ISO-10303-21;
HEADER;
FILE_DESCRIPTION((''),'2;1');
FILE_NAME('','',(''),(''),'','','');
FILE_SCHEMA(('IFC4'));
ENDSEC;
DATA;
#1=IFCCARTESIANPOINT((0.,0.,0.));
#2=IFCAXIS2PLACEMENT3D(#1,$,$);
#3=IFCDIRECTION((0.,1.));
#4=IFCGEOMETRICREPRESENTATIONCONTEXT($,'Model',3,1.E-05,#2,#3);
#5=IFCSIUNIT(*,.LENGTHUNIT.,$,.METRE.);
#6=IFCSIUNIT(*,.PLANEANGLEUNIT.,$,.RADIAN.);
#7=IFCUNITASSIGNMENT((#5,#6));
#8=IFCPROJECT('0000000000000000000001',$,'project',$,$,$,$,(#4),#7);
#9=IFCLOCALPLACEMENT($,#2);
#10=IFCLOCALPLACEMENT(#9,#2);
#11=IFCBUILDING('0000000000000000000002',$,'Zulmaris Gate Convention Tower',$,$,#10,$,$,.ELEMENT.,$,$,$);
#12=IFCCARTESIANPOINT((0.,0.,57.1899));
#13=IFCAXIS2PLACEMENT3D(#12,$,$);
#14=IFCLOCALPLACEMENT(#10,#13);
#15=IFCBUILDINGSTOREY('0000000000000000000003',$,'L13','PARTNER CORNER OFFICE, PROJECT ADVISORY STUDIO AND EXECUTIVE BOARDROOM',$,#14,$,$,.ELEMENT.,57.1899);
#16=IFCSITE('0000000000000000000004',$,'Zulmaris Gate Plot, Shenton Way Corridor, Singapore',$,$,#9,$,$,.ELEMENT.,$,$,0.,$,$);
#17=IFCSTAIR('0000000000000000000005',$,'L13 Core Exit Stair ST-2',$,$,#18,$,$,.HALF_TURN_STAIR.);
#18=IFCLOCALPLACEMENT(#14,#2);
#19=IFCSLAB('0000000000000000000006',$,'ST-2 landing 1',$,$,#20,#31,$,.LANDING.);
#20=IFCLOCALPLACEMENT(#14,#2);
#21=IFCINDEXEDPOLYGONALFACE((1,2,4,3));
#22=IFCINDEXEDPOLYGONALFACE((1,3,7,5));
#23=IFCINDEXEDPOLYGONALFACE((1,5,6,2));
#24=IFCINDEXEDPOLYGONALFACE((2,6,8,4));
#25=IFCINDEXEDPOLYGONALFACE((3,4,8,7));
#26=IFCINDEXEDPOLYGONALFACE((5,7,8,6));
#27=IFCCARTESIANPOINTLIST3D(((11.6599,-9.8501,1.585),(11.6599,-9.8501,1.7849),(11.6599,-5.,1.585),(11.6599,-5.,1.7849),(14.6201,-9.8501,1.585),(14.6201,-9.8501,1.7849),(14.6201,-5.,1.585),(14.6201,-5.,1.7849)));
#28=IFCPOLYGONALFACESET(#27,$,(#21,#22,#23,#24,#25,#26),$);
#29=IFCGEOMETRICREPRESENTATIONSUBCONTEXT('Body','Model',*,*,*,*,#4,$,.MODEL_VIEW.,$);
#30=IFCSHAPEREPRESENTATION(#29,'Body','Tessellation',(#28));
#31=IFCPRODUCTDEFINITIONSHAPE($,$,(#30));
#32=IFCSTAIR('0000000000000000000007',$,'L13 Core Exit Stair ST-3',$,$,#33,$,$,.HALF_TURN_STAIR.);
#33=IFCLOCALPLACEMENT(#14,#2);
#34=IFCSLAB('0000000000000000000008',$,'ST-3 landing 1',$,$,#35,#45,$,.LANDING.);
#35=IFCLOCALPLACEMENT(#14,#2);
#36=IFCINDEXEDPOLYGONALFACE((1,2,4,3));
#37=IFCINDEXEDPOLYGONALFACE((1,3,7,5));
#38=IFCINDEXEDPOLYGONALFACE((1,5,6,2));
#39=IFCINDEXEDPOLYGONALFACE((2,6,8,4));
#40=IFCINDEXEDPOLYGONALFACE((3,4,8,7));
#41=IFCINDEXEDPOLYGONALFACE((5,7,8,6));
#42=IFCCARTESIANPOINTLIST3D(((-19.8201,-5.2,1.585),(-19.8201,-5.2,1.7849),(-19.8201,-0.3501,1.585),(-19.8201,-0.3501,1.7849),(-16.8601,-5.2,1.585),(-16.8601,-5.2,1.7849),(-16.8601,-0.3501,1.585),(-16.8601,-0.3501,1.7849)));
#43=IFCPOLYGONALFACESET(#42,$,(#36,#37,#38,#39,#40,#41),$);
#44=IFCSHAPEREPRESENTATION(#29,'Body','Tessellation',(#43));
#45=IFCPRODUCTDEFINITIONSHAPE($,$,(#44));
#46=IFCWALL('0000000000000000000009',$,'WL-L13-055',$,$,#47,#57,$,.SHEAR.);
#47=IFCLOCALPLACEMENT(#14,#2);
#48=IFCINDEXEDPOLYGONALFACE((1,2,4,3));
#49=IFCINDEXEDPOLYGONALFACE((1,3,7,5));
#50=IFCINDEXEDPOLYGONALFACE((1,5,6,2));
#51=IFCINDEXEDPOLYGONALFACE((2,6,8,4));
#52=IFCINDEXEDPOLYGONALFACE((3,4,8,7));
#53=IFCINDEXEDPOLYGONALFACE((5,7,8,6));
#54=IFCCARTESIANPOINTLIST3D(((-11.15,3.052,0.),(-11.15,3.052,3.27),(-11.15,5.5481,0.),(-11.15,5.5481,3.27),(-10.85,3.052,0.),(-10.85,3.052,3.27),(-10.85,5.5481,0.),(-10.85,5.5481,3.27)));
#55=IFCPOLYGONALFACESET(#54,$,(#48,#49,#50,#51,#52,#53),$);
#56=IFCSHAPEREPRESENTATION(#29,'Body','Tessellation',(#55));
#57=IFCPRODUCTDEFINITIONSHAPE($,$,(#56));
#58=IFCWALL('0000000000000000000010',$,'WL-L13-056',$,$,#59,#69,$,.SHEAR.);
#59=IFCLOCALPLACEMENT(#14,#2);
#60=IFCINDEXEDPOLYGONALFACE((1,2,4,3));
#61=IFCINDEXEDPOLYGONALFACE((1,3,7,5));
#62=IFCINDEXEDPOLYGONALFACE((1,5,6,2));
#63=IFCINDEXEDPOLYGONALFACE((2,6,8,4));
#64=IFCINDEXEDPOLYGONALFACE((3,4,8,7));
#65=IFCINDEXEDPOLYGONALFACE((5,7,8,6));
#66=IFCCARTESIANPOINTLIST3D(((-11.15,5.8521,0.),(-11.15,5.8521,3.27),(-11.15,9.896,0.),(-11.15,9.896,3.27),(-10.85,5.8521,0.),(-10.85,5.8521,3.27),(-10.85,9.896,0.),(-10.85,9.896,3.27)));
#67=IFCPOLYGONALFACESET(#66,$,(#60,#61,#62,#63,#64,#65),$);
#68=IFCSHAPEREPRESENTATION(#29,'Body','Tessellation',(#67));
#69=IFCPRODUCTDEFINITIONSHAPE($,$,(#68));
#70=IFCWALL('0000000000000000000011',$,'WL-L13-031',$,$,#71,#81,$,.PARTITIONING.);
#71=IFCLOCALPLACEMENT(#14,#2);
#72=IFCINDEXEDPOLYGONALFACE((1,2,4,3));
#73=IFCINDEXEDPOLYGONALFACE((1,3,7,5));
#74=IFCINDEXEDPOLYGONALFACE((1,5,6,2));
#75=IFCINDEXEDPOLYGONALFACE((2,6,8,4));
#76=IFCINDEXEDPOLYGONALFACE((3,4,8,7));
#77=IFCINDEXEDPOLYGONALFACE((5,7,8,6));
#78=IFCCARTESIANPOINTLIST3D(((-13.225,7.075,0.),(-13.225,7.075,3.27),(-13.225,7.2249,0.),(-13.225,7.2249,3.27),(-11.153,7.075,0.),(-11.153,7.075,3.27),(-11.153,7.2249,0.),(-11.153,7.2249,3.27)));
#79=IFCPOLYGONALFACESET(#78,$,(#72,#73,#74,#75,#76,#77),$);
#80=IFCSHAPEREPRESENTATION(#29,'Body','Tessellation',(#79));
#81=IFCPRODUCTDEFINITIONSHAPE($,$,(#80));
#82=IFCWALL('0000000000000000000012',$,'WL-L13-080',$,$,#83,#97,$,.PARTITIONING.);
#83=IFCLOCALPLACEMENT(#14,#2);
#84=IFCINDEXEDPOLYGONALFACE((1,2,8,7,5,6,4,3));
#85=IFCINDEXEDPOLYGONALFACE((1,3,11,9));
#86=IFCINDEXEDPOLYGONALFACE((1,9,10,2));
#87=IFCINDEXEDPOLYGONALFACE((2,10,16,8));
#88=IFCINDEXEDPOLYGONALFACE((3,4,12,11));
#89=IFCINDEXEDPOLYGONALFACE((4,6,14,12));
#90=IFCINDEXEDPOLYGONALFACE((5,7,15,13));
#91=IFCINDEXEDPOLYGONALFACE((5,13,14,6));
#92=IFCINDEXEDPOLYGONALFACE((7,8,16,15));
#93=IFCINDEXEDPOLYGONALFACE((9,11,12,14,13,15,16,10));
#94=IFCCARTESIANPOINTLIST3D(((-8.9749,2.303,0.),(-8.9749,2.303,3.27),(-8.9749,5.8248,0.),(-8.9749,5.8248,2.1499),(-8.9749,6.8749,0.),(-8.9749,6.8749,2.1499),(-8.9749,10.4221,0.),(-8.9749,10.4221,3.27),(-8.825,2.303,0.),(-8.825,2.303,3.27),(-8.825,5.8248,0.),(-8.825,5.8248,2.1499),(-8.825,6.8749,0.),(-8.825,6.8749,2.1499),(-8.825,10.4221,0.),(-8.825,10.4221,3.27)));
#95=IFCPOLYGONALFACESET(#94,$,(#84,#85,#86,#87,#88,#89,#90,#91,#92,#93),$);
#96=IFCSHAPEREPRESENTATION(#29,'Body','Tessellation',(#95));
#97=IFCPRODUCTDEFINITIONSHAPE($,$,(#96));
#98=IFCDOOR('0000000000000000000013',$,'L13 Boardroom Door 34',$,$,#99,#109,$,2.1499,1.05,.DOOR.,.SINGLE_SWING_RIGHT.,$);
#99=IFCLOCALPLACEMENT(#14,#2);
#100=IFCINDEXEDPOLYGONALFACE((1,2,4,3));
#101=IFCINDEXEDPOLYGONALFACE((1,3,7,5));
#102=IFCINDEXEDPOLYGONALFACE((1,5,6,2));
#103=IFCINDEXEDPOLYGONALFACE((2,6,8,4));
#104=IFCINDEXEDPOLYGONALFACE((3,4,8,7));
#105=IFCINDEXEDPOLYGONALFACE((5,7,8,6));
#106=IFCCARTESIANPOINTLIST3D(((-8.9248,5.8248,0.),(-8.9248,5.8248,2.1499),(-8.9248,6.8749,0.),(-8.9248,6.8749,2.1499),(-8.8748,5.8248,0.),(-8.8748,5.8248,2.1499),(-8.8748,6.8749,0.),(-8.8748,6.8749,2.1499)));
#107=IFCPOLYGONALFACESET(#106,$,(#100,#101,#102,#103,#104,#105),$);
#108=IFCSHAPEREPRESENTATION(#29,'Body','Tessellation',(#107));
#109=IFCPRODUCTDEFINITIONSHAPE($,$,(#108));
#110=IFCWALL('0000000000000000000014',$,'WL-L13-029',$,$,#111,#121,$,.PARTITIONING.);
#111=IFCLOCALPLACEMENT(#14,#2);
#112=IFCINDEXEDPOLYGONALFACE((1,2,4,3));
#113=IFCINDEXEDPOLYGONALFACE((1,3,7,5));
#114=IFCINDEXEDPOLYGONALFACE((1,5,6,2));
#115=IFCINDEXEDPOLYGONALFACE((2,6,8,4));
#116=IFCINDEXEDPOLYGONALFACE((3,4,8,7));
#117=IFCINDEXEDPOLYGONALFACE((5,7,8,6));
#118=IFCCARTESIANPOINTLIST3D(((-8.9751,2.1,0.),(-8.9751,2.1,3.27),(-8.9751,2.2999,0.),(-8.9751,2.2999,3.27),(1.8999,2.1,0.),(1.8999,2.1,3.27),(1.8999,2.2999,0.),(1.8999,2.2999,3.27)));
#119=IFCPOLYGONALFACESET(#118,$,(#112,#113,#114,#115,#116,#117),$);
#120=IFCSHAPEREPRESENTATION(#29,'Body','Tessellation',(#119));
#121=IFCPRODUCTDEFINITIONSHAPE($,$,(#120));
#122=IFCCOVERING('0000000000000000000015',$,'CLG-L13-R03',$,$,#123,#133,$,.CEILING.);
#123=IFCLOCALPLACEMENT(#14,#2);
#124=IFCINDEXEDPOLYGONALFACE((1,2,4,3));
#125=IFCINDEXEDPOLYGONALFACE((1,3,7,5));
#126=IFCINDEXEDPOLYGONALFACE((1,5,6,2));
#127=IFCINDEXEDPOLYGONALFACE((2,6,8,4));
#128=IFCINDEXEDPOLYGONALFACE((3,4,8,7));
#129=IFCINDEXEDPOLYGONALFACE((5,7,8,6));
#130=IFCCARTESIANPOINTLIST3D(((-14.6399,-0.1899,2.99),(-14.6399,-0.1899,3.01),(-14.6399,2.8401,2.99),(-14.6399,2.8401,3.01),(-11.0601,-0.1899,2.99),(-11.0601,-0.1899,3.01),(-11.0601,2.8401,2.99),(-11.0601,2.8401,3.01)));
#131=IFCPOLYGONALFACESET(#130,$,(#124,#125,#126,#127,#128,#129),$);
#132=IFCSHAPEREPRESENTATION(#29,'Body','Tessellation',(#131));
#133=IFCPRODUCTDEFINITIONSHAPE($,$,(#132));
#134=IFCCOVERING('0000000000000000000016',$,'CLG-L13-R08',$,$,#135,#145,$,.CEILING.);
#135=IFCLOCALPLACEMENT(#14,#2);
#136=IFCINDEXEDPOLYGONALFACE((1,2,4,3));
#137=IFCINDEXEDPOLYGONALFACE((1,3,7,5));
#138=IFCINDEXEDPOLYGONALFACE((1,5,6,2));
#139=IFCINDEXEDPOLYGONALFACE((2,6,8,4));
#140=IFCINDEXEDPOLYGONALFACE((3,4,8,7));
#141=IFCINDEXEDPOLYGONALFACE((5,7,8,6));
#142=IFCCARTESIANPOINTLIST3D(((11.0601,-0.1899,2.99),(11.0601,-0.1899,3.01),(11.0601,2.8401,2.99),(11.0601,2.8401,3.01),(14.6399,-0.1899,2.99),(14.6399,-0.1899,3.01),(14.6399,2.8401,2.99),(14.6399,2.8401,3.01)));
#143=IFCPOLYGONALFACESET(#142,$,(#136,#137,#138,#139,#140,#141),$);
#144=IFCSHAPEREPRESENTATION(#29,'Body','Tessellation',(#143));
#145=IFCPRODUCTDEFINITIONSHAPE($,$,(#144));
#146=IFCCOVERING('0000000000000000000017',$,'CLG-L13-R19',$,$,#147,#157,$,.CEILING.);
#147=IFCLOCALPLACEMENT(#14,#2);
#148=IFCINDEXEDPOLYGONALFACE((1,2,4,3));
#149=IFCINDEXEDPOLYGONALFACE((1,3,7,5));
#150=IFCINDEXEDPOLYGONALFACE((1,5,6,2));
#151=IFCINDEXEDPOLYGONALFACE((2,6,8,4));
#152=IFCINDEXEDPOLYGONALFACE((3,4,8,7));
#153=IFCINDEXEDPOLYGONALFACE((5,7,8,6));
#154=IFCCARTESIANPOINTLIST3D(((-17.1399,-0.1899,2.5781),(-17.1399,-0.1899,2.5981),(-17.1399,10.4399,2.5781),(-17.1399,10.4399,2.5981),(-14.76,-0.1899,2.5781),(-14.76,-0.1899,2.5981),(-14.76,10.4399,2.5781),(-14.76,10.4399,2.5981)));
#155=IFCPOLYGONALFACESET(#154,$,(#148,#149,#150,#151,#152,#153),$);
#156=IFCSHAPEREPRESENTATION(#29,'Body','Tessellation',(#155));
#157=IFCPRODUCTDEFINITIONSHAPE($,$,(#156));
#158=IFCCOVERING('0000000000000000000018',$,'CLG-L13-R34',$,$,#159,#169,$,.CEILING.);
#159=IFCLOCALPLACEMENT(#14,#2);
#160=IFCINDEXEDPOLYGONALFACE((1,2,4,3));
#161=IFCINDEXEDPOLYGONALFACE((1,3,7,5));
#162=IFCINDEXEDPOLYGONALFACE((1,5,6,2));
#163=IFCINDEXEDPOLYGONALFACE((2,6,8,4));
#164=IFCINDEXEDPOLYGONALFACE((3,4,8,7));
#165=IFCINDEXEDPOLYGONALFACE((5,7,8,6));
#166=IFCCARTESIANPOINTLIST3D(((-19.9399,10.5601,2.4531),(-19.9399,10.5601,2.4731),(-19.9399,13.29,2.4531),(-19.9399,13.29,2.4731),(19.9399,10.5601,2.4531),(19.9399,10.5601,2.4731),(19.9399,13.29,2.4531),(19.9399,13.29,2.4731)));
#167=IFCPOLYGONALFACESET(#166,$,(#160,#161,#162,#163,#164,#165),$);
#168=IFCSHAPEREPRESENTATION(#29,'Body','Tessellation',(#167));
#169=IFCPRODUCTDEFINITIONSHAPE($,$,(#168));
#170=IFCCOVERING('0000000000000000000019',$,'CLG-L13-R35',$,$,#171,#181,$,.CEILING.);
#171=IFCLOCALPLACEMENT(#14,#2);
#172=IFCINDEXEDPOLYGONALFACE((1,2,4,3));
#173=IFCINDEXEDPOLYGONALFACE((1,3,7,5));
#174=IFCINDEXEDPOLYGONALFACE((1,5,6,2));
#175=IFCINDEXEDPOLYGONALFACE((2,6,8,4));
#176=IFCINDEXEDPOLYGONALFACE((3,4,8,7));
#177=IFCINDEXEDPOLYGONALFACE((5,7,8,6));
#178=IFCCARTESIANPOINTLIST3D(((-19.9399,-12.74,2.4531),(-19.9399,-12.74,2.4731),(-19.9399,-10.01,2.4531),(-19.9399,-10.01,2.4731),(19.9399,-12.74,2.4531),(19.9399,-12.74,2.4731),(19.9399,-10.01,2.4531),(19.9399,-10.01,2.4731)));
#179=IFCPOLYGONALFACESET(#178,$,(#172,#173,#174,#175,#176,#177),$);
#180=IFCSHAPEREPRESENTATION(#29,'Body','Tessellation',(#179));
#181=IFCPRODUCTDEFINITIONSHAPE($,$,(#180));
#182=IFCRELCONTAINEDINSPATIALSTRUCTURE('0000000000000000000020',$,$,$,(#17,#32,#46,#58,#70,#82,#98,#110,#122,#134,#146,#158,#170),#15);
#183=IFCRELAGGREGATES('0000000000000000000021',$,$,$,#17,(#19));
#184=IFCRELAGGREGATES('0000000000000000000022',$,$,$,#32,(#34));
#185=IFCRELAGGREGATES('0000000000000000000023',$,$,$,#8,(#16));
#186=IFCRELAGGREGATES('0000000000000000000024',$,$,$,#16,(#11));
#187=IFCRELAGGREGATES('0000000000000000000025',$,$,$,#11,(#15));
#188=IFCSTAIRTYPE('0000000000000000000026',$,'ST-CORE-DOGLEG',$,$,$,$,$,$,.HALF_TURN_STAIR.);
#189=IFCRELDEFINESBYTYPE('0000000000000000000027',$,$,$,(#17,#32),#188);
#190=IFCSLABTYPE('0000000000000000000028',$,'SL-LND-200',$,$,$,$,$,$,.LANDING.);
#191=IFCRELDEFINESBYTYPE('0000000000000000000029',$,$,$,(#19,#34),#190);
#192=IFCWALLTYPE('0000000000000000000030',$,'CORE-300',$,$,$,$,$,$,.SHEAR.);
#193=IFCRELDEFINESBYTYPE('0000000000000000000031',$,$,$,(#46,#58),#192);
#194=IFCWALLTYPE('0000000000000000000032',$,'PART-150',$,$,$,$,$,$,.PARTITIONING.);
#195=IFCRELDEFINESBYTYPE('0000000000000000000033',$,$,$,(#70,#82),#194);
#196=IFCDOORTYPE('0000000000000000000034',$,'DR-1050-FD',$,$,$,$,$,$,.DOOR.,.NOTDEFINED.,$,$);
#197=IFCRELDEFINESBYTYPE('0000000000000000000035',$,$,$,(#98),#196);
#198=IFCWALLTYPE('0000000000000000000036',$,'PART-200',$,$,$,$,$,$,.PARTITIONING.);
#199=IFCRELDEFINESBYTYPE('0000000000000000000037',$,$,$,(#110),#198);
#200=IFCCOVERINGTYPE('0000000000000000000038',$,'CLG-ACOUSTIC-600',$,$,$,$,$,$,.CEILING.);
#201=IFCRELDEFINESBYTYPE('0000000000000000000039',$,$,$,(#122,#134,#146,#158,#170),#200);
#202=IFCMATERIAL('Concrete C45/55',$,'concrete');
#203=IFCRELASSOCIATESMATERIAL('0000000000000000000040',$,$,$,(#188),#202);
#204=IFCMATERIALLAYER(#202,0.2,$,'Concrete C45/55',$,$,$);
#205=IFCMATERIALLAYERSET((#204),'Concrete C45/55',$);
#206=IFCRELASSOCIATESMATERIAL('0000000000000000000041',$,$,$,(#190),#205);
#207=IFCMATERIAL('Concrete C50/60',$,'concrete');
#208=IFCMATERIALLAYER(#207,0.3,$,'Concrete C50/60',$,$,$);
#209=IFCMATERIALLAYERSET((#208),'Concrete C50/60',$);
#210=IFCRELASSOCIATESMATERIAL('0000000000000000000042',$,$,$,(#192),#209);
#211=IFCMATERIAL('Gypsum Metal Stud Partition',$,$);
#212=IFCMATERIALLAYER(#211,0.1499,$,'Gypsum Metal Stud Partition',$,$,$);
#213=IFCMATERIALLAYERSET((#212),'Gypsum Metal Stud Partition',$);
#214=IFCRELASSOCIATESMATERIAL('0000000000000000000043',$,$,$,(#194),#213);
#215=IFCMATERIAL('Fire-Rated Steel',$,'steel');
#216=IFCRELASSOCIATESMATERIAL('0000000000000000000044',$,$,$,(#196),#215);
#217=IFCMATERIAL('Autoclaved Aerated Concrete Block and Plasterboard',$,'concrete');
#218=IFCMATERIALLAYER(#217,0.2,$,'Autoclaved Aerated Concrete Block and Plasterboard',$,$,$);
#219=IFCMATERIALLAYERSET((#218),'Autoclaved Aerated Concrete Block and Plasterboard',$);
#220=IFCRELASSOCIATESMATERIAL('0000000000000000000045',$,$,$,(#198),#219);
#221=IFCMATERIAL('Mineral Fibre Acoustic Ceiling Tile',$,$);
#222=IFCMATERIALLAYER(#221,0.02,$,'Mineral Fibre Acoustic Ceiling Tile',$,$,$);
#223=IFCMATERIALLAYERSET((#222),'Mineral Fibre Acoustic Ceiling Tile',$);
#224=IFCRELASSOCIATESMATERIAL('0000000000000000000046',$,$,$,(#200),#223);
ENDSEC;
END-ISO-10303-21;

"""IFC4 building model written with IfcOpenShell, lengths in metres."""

from ifc_helpers import new_model, si_unit, direction, frame, frame_2d, origin, place, context, subcontext, project, spatial, polyline, rectangle, outline, extrude, material, layer, layer_set, type_object, element, fill, aggregate, save


model = new_model("IFC4")

# Units and contexts
model_context = context("Model", 3, precision=1e-05, world=origin(), true_north=direction((0.0, 1.0)))
body_context = subcontext(model_context, "Body", "Model", "MODEL_VIEW")
ifc_project = project(units=[si_unit("LENGTHUNIT", "METRE"), si_unit("PLANEANGLEUNIT", "RADIAN")], contexts=[model_context])

# Site, building, storey
site_placement = place(None, origin())
site = spatial("IfcSite", under=ifc_project, at=site_placement, Name="Zulmaris Gate Plot, Shenton Way Corridor, Singapore", CompositionType="ELEMENT", RefElevation=0.0)
building_placement = place(site_placement, origin())
building = spatial("IfcBuilding", under=site, at=building_placement, Name="Zulmaris Gate Convention Tower", CompositionType="ELEMENT")
storey_placement = place(building_placement, frame((0.0, 0.0, 57.1899)))
storey = spatial("IfcBuildingStorey", under=building, at=storey_placement, Name="L13", Description="PARTNER CORNER OFFICE, PROJECT ADVISORY STUDIO AND EXECUTIVE BOARDROOM", CompositionType="ELEMENT", Elevation=57.1899)

# Stairs, slabs
ifc_material_1 = material(Name="Concrete C45/55", Category="concrete")
stair_type = type_object("IfcStairType", Name="ST-CORE-DOGLEG", PredefinedType="HALF_TURN_STAIR", material=ifc_material_1)
stair_1_placement = place(storey_placement, origin())
stair_1 = element("IfcStair", 1, at=stair_1_placement, inside=storey, type_object=stair_type, Name="L13 Core Exit Stair ST-2", PredefinedType="HALF_TURN_STAIR")
ifc_layer_1 = layer(ifc_material_1, 0.2, Name="Concrete C45/55")
ifc_layer_set_1 = layer_set([ifc_layer_1], Name="Concrete C45/55")
slab_type = type_object("IfcSlabType", Name="SL-LND-200", PredefinedType="LANDING", material=ifc_layer_set_1)
slab_1_placement = place(storey_placement, frame((0.0, 0.0, 1.585)))
slab_1 = element("IfcSlab", 2, at=slab_1_placement, type_object=slab_type, Name="ST-2 landing 1", PredefinedType="LANDING", context=body_context, shape_type="SweptSolid", body=[
    extrude(outline(polyline([(11.6599, -5.0), (11.6599, -9.8501), (14.6201, -9.8501), (14.6201, -5.0), (11.6599, -5.0)])), origin(), (0.0, 0.0, 1.0), 0.2),
])
aggregate(stair_1, [slab_1])
stair_2_placement = place(storey_placement, origin())
stair_2 = element("IfcStair", 3, at=stair_2_placement, inside=storey, type_object=stair_type, Name="L13 Core Exit Stair ST-3", PredefinedType="HALF_TURN_STAIR")
slab_2_placement = place(storey_placement, frame((0.0, 0.0, 1.585)))
slab_2 = element("IfcSlab", 4, at=slab_2_placement, type_object=slab_type, Name="ST-3 landing 1", PredefinedType="LANDING", context=body_context, shape_type="SweptSolid", body=[
    extrude(outline(polyline([(-16.8601, -5.2), (-16.8601, -0.3501), (-19.8201, -0.3501), (-19.8201, -5.2), (-16.8601, -5.2)])), origin(), (0.0, 0.0, 1.0), 0.2),
])
aggregate(stair_2, [slab_2])

# Shared definitions
ifc_material_2 = material(Name="Concrete C50/60", Category="concrete")
ifc_layer_2 = layer(ifc_material_2, 0.3, Name="Concrete C50/60")
ifc_layer_set_2 = layer_set([ifc_layer_2], Name="Concrete C50/60")
wall_type_1 = type_object("IfcWallType", Name="CORE-300", PredefinedType="SHEAR", material=ifc_layer_set_2)
ifc_material_3 = material(Name="Fire-Rated Steel", Category="steel")

# Walls
wall_1_placement = place(storey_placement, frame((-11.0, 3.052, 0.0), z_axis=(0.0, 0.0, 1.0), x_axis=(0.0, 1.0, 0.0)))
element("IfcWall", 5, at=wall_1_placement, inside=storey, type_object=wall_type_1, Name="WL-L13-055", PredefinedType="SHEAR", context=body_context, shape_type="SweptSolid", body=[
    extrude(rectangle(XDim=2.4961, YDim=0.3, at=frame_2d((1.248, 0.0))), origin(), (0.0, 0.0, 1.0), 3.27),
])
wall_2_placement = place(storey_placement, frame((-11.0, 5.8521, 0.0), z_axis=(0.0, 0.0, 1.0), x_axis=(0.0, 1.0, 0.0)))
element("IfcWall", 6, at=wall_2_placement, inside=storey, type_object=wall_type_1, Name="WL-L13-056", PredefinedType="SHEAR", context=body_context, shape_type="SweptSolid", body=[
    extrude(rectangle(XDim=4.0439, YDim=0.3, at=frame_2d((2.022, 0.0))), origin(), (0.0, 0.0, 1.0), 3.27),
])
ifc_material_4 = material(Name="Gypsum Metal Stud Partition")
ifc_layer_3 = layer(ifc_material_4, 0.1499, Name="Gypsum Metal Stud Partition")
ifc_layer_set_3 = layer_set([ifc_layer_3], Name="Gypsum Metal Stud Partition")
wall_type_2 = type_object("IfcWallType", Name="PART-150", PredefinedType="PARTITIONING", material=ifc_layer_set_3)
wall_3_placement = place(storey_placement, frame((-13.2251, 7.1499, 0.0), z_axis=(0.0, 0.0, 1.0), x_axis=(1.0, 0.0, 0.0)))
element("IfcWall", 7, at=wall_3_placement, inside=storey, type_object=wall_type_2, Name="WL-L13-031", PredefinedType="PARTITIONING", context=body_context, shape_type="SweptSolid", body=[
    extrude(rectangle(XDim=2.072, YDim=0.1499, at=frame_2d((1.0361, 0.0))), origin(), (0.0, 0.0, 1.0), 3.27),
])

# Wall, opening, door
wall_4_placement = place(storey_placement, frame((-8.8999, 2.303, 0.0), z_axis=(0.0, 0.0, 1.0), x_axis=(0.0, 1.0, 0.0)))
wall_4 = element("IfcWall", 8, at=wall_4_placement, inside=storey, type_object=wall_type_2, Name="WL-L13-080", PredefinedType="PARTITIONING", context=body_context, shape_type="SweptSolid", body=[
    extrude(rectangle(XDim=8.1191, YDim=0.1499, at=frame_2d((4.0596, 0.0))), origin(), (0.0, 0.0, 1.0), 3.27),
])
opening_1_placement = place(wall_4_placement, frame((3.522, 0.0, 0.0)))
opening_1 = element("IfcOpeningElement", 9, at=opening_1_placement, cuts=wall_4, PredefinedType="OPENING", context=body_context, shape_type="SweptSolid", body=[
    extrude(rectangle(XDim=1.05, YDim=2.1499, at=frame_2d((0.5249, 1.075))), frame((0.0, 0.085, 0.0), z_axis=(0.0, -1.0, 0.0), x_axis=(1.0, 0.0, 0.0)), (0.0, 0.0, 1.0), 0.1699),
])
door_type_1 = type_object("IfcDoorType", Name="DR-1050-FD", OperationType="NOTDEFINED", PredefinedType="DOOR", material=ifc_material_3)
door_1_placement = place(opening_1_placement, origin())
door_1 = element("IfcDoor", 10, at=door_1_placement, inside=storey, type_object=door_type_1, Name="L13 Boardroom Door 34", OperationType="SINGLE_SWING_RIGHT", OverallHeight=2.1499, OverallWidth=1.05, PredefinedType="DOOR", context=body_context, shape_type="SweptSolid", body=[
    extrude(rectangle(XDim=1.05, YDim=2.1499, at=frame_2d((0.5249, 1.075))), frame((0.0, 0.0249, 0.0), z_axis=(0.0, -1.0, 0.0), x_axis=(1.0, 0.0, 0.0)), (0.0, 0.0, 1.0), 0.05),
])
fill(opening_1, door_1)

# Wall
ifc_material_5 = material(Name="Autoclaved Aerated Concrete Block and Plasterboard", Category="concrete")
ifc_layer_4 = layer(ifc_material_5, 0.2, Name="Autoclaved Aerated Concrete Block and Plasterboard")
ifc_layer_set_4 = layer_set([ifc_layer_4], Name="Autoclaved Aerated Concrete Block and Plasterboard")
wall_type_3 = type_object("IfcWallType", Name="PART-200", PredefinedType="PARTITIONING", material=ifc_layer_set_4)
wall_5_placement = place(storey_placement, frame((-8.9751, 2.2, 0.0), z_axis=(0.0, 0.0, 1.0), x_axis=(1.0, 0.0, 0.0)))
element("IfcWall", 11, at=wall_5_placement, inside=storey, type_object=wall_type_3, Name="WL-L13-029", PredefinedType="PARTITIONING", context=body_context, shape_type="SweptSolid", body=[
    extrude(rectangle(XDim=10.875, YDim=0.2, at=frame_2d((5.4375, 0.0))), origin(), (0.0, 0.0, 1.0), 3.27),
])

# Coverings
ifc_material_6 = material(Name="Mineral Fibre Acoustic Ceiling Tile")
ifc_layer_5 = layer(ifc_material_6, 0.02, Name="Mineral Fibre Acoustic Ceiling Tile")
ifc_layer_set_5 = layer_set([ifc_layer_5], Name="Mineral Fibre Acoustic Ceiling Tile")
covering_type_1 = type_object("IfcCoveringType", Name="CLG-ACOUSTIC-600", PredefinedType="CEILING", material=ifc_layer_set_5)
covering_1_placement = place(storey_placement, frame((0.0, 0.0, 2.99)))
element("IfcCovering", 12, at=covering_1_placement, inside=storey, type_object=covering_type_1, Name="CLG-L13-R03", PredefinedType="CEILING", context=body_context, shape_type="SweptSolid", body=[
    extrude(outline(polyline([(-14.6399, -0.1899), (-11.0601, -0.1899), (-11.0601, 2.8401), (-14.6399, 2.8401), (-14.6399, -0.1899)])), origin(), (0.0, 0.0, 1.0), 0.02),
])
covering_2_placement = place(storey_placement, frame((0.0, 0.0, 2.99)))
element("IfcCovering", 13, at=covering_2_placement, inside=storey, type_object=covering_type_1, Name="CLG-L13-R08", PredefinedType="CEILING", context=body_context, shape_type="SweptSolid", body=[
    extrude(outline(polyline([(11.0601, -0.1899), (14.6399, -0.1899), (14.6399, 2.8401), (11.0601, 2.8401), (11.0601, -0.1899)])), origin(), (0.0, 0.0, 1.0), 0.02),
])
covering_3_placement = place(storey_placement, frame((0.0, 0.0, 2.5781)))
element("IfcCovering", 14, at=covering_3_placement, inside=storey, type_object=covering_type_1, Name="CLG-L13-R19", PredefinedType="CEILING", context=body_context, shape_type="SweptSolid", body=[
    extrude(outline(polyline([(-17.1399, -0.1899), (-14.76, -0.1899), (-14.76, 10.4399), (-17.1399, 10.4399), (-17.1399, -0.1899)])), origin(), (0.0, 0.0, 1.0), 0.02),
])
covering_4_placement = place(storey_placement, frame((0.0, 0.0, 2.4531)))
element("IfcCovering", 15, at=covering_4_placement, inside=storey, type_object=covering_type_1, Name="CLG-L13-R34", PredefinedType="CEILING", context=body_context, shape_type="SweptSolid", body=[
    extrude(outline(polyline([(-19.9399, 10.5601), (19.9399, 10.5601), (19.9399, 13.29), (-19.9399, 13.29), (-19.9399, 10.5601)])), origin(), (0.0, 0.0, 1.0), 0.02),
])
covering_5_placement = place(storey_placement, frame((0.0, 0.0, 2.4531)))
element("IfcCovering", 16, at=covering_5_placement, inside=storey, type_object=covering_type_1, Name="CLG-L13-R35", PredefinedType="CEILING", context=body_context, shape_type="SweptSolid", body=[
    extrude(outline(polyline([(-19.9399, -12.74), (19.9399, -12.74), (19.9399, -10.01), (-19.9399, -10.01), (-19.9399, -12.74)])), origin(), (0.0, 0.0, 1.0), 0.02),
])

save(model, "model.ifc")
